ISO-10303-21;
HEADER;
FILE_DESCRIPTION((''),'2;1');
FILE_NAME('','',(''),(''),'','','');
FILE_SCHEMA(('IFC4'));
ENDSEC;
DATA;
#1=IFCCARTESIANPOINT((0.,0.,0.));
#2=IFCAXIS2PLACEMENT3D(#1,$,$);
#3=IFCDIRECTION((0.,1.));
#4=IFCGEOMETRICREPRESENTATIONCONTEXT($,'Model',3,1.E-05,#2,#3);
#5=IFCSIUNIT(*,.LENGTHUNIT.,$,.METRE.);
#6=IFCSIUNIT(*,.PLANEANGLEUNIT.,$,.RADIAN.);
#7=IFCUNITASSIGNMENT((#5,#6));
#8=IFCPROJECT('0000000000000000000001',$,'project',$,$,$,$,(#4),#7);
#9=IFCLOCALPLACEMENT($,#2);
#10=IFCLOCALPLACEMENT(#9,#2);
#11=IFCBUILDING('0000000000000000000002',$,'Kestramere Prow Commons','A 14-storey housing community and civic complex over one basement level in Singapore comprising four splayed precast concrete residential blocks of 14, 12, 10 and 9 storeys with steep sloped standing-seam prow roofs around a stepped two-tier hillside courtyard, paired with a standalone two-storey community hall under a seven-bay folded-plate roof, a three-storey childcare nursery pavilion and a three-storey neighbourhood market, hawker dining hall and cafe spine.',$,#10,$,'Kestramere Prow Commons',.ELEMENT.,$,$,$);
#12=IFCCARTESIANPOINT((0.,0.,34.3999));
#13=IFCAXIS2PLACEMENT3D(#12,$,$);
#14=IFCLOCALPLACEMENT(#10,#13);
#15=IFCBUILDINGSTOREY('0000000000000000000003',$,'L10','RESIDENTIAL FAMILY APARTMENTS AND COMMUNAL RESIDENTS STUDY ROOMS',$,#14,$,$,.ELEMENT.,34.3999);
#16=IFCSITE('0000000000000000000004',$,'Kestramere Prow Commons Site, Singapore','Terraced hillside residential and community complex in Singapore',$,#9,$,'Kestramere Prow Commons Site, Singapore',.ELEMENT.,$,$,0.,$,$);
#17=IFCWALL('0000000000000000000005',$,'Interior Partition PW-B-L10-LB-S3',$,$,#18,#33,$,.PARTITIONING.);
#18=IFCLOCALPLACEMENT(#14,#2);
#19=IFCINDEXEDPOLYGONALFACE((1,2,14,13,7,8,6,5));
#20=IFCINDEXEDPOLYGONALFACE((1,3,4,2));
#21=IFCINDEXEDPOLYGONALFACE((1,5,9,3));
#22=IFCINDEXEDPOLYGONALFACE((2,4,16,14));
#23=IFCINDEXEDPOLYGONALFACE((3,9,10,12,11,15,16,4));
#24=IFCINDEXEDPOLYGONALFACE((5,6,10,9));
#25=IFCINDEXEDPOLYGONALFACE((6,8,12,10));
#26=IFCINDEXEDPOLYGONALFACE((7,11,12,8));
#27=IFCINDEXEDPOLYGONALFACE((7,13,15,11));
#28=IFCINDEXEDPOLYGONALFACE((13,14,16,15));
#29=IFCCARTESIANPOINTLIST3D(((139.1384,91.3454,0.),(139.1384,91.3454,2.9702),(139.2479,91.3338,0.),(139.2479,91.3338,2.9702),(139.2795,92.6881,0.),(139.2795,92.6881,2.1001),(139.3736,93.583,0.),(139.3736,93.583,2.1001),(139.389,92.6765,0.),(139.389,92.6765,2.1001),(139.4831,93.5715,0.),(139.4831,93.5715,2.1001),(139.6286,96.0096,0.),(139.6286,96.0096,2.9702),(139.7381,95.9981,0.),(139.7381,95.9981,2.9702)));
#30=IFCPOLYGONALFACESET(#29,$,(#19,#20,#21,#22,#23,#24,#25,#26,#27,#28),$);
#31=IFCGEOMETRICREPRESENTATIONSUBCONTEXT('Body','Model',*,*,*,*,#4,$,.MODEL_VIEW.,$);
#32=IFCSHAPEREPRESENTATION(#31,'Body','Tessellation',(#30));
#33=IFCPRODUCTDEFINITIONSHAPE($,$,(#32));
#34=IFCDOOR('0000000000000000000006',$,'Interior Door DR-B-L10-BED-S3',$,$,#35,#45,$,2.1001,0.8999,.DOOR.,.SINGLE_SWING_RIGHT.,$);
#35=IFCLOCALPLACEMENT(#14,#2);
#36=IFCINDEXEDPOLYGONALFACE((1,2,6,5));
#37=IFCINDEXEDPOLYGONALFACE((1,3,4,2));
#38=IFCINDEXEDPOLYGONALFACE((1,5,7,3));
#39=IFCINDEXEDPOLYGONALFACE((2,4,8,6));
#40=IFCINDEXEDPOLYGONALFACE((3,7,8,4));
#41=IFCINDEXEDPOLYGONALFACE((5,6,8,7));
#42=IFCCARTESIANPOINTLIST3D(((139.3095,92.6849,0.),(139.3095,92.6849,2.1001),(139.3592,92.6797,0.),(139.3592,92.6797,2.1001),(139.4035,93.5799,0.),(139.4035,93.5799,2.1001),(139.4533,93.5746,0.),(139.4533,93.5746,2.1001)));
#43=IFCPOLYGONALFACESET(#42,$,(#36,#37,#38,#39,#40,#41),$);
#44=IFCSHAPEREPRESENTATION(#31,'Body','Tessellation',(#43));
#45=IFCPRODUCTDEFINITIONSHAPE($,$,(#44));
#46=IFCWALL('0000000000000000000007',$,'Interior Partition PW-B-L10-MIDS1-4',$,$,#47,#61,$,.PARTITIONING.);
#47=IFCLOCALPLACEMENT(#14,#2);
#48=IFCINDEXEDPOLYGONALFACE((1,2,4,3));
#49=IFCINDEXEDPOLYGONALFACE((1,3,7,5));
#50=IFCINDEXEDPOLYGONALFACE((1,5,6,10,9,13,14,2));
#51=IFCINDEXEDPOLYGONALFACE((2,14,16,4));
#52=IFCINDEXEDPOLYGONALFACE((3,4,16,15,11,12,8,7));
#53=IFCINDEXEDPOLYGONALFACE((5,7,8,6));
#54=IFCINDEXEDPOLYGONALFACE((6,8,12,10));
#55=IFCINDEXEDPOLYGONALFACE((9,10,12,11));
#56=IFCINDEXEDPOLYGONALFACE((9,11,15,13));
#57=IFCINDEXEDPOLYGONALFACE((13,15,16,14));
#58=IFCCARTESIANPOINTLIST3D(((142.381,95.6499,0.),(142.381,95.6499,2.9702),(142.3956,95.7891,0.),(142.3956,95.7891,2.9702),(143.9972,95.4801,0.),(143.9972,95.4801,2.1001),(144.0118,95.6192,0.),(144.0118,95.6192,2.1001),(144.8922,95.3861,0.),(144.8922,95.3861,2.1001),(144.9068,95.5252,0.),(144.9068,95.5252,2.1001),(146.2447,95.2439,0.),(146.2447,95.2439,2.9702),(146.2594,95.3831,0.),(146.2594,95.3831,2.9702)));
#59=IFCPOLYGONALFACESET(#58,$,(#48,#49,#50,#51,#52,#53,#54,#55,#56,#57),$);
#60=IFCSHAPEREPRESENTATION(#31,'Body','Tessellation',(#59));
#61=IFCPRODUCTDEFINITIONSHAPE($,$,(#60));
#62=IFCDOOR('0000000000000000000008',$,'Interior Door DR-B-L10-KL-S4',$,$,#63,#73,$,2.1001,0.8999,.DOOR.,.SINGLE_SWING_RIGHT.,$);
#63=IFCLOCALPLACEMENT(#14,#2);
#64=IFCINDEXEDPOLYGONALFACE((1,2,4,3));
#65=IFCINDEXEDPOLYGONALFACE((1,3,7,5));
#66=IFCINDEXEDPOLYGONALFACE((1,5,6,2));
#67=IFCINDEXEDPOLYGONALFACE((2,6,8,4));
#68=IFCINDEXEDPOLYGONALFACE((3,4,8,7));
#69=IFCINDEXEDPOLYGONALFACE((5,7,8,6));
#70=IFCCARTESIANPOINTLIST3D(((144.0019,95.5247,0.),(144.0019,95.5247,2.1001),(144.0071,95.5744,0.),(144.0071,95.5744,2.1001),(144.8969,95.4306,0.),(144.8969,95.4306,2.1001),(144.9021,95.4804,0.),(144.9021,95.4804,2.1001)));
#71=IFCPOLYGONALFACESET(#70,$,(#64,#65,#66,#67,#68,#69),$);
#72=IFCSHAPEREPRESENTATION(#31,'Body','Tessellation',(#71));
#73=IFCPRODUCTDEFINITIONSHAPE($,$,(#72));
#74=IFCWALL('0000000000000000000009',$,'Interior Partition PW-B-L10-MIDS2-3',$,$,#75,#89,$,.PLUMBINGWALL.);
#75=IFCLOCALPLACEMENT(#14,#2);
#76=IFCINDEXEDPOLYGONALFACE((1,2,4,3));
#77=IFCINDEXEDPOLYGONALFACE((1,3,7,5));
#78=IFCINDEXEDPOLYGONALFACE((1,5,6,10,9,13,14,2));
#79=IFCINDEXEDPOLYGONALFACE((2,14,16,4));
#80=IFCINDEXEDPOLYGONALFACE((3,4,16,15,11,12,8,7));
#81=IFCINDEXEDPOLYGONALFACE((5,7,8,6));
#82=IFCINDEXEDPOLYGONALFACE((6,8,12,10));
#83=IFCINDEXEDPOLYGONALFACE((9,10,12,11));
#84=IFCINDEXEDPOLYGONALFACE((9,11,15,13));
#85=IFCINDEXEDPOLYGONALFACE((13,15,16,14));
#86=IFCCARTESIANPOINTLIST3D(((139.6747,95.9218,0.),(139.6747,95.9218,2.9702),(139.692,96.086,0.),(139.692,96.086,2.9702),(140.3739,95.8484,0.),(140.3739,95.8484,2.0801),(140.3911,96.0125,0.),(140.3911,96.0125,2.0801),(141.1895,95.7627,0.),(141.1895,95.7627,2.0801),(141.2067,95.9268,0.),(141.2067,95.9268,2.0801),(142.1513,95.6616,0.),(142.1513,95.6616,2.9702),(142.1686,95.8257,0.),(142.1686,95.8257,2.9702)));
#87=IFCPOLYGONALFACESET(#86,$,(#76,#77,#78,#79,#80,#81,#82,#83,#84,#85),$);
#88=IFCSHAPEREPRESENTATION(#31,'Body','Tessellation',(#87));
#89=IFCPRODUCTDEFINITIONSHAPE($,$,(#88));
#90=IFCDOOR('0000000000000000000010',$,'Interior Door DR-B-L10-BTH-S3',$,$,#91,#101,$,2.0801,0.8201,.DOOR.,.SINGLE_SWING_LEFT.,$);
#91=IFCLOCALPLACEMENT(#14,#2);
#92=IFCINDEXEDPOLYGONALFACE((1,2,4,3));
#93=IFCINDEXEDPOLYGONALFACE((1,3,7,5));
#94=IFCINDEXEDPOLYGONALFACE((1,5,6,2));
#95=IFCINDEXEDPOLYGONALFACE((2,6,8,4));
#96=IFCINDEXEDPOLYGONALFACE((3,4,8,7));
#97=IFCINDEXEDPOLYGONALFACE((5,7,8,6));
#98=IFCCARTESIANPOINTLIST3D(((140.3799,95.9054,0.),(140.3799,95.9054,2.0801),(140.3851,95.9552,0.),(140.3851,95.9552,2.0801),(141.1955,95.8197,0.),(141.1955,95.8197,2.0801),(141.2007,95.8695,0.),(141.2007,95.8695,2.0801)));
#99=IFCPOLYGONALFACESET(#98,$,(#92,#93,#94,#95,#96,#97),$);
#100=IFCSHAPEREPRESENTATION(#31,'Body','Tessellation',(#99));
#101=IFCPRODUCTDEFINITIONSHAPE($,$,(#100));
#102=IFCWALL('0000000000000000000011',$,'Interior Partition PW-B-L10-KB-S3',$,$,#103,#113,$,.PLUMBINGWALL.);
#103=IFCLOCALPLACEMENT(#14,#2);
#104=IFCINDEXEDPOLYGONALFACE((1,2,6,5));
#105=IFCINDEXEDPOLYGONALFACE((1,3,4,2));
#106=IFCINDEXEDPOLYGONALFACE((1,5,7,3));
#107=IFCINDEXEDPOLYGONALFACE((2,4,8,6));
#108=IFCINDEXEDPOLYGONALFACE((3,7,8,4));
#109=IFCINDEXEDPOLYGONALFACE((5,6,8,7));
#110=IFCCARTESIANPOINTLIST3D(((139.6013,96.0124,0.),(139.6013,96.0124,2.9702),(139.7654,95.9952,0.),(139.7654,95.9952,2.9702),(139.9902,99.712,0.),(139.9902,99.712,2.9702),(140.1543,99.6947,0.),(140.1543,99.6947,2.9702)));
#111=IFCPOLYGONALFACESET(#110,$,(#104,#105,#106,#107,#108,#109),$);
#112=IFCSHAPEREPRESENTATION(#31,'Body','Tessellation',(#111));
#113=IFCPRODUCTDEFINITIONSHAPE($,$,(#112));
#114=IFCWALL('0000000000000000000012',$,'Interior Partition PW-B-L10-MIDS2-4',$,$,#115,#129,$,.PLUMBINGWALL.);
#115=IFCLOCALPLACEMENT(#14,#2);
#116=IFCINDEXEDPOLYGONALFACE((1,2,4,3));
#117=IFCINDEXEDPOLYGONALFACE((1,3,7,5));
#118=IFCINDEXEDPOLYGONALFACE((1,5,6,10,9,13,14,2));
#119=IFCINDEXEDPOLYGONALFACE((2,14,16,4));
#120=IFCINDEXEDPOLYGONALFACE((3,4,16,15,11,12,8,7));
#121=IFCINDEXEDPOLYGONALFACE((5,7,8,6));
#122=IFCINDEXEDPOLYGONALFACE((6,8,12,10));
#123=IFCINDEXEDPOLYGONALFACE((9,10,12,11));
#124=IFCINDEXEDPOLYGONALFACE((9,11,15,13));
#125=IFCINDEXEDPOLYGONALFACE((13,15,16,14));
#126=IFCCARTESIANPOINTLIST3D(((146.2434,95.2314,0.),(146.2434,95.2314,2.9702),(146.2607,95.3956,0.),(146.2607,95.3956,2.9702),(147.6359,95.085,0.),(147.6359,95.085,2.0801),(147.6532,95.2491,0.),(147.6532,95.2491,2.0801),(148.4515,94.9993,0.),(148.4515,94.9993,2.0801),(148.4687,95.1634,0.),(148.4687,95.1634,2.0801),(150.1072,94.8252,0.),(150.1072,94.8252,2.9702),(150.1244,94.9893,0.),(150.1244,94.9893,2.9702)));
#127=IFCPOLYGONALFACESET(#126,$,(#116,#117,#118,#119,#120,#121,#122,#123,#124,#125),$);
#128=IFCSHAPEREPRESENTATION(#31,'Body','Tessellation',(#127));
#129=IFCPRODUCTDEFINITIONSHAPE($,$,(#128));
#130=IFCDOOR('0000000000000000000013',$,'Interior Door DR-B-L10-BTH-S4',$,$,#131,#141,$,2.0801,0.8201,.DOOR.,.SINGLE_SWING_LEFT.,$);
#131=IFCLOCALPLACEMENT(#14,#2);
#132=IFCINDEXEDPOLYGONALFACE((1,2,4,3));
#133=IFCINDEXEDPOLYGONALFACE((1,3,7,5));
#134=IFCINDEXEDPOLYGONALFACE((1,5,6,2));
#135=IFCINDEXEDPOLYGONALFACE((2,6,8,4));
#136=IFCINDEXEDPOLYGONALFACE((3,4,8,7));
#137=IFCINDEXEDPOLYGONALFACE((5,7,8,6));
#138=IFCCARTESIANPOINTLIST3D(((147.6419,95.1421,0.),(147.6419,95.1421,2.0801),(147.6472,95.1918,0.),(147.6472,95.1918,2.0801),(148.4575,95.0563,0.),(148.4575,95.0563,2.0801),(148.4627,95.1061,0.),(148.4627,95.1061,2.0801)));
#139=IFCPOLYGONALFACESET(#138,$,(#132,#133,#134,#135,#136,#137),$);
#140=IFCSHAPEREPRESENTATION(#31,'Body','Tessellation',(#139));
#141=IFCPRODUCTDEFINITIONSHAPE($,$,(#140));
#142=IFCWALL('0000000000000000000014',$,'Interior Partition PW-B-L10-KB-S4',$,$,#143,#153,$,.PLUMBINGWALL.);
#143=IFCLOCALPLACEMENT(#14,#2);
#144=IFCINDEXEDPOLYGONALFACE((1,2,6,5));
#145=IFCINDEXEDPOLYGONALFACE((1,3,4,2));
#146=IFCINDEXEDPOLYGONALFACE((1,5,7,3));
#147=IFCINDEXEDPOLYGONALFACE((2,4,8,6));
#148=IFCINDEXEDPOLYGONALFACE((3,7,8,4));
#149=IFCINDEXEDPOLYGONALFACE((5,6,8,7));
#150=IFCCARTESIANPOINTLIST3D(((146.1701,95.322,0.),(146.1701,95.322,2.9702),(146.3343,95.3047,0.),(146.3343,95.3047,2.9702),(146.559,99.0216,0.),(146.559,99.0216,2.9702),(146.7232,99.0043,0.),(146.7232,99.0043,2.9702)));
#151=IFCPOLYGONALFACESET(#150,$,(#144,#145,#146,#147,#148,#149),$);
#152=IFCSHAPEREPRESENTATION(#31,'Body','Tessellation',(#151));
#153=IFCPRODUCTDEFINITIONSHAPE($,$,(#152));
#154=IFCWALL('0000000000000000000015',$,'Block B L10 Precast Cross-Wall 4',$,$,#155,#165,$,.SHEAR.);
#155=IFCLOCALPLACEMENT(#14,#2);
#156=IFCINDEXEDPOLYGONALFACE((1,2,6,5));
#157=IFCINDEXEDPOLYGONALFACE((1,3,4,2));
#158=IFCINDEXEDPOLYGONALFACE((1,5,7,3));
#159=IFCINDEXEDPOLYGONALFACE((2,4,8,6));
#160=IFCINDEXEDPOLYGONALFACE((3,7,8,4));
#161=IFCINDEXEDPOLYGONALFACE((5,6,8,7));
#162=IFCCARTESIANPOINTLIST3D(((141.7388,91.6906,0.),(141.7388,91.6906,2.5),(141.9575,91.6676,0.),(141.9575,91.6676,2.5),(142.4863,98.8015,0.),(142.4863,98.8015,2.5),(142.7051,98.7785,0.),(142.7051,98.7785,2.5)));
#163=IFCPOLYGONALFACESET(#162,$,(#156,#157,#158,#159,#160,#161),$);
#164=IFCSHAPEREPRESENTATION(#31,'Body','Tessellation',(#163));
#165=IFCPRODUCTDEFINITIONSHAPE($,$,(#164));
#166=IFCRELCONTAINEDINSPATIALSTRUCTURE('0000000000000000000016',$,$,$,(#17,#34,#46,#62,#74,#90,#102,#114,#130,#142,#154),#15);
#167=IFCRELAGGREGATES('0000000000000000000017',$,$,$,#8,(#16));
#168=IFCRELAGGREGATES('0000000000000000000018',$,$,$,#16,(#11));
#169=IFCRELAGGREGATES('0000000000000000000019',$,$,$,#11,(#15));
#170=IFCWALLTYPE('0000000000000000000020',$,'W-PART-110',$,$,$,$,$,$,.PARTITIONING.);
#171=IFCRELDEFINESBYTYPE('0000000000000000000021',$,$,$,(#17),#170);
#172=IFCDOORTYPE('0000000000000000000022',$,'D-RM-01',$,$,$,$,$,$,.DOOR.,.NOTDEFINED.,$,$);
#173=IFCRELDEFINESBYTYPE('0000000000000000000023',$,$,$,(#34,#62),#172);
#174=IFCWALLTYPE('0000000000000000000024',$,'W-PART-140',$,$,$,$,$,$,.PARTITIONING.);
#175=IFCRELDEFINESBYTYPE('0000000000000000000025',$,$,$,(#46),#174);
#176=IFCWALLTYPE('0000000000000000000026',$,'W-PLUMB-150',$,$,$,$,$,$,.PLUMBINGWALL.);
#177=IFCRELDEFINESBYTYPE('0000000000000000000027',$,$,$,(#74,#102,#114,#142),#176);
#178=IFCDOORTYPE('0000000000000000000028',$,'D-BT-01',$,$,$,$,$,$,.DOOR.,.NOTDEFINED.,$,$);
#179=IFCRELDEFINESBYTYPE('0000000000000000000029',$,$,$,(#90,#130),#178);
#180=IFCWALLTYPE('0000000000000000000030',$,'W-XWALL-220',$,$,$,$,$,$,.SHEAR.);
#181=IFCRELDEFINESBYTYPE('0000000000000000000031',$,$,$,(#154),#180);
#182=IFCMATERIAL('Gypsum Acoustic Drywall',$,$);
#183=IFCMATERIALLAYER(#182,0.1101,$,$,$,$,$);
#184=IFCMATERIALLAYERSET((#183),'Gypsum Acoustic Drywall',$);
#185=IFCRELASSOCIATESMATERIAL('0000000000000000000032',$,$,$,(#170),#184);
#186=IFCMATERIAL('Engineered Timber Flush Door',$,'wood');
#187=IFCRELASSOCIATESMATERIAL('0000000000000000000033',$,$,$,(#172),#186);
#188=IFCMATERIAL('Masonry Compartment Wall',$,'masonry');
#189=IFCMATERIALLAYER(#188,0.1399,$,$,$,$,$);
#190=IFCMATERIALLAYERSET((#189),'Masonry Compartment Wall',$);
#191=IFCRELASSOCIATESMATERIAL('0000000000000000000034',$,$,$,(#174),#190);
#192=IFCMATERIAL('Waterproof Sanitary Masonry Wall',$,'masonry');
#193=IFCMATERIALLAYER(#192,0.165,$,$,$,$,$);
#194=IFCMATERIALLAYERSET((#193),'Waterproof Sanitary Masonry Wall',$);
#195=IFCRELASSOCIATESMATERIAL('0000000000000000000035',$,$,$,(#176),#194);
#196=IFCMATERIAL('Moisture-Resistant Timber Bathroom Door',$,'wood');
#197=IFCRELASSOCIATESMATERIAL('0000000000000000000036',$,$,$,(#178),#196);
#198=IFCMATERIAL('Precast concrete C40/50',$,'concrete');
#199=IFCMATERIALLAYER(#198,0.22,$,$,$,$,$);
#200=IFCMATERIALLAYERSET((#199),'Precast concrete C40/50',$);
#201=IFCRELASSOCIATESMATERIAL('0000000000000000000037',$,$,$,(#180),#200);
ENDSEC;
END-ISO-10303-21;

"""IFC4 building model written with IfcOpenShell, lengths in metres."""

from ifc_helpers import new_model, si_unit, direction, frame, frame_2d, origin, place, context, subcontext, project, spatial, rectangle, extrude, material, layer, layer_set, type_object, element, fill, save


model = new_model("IFC4")

# Units and contexts
model_context = context("Model", 3, precision=1e-05, world=origin(), true_north=direction((0.0, 1.0)))
body_context = subcontext(model_context, "Body", "Model", "MODEL_VIEW")
ifc_project = project(units=[si_unit("LENGTHUNIT", "METRE"), si_unit("PLANEANGLEUNIT", "RADIAN")], contexts=[model_context])

# Site, building, storey
site_placement = place(None, origin())
site = spatial("IfcSite", under=ifc_project, at=site_placement, Name="Kestramere Prow Commons Site, Singapore", Description="Terraced hillside residential and community complex in Singapore", LongName="Kestramere Prow Commons Site, Singapore", CompositionType="ELEMENT", RefElevation=0.0)
building_placement = place(site_placement, origin())
building = spatial("IfcBuilding", under=site, at=building_placement, Name="Kestramere Prow Commons", Description="A 14-storey housing community and civic complex over one basement level in Singapore comprising four splayed precast concrete residential blocks of 14, 12, 10 and 9 storeys with steep sloped standing-seam prow roofs around a stepped two-tier hillside courtyard, paired with a standalone two-storey community hall under a seven-bay folded-plate roof, a three-storey childcare nursery pavilion and a three-storey neighbourhood market, hawker dining hall and cafe spine.", LongName="Kestramere Prow Commons", CompositionType="ELEMENT")
storey_placement = place(building_placement, frame((0.0, 0.0, 34.3999)))
storey = spatial("IfcBuildingStorey", under=building, at=storey_placement, Name="L10", Description="RESIDENTIAL FAMILY APARTMENTS AND COMMUNAL RESIDENTS STUDY ROOMS", CompositionType="ELEMENT", Elevation=34.3999)

# Shared definitions
ifc_material_1 = material(Name="Precast concrete C40/50", Category="concrete")

# Walls, openings, doors
ifc_material_2 = material(Name="Gypsum Acoustic Drywall")
ifc_layer_1 = layer(ifc_material_2, 0.1101)
ifc_layer_set_1 = layer_set([ifc_layer_1], Name="Gypsum Acoustic Drywall")
wall_type_1 = type_object("IfcWallType", Name="W-PART-110", PredefinedType="PARTITIONING", material=ifc_layer_set_1)
wall_1_placement = place(storey_placement, frame((139.1931, 91.3396, 0.0), z_axis=(0.0, 0.0, 1.0), x_axis=(0.104528, 0.994522, 0.0)))
wall_1 = element("IfcWall", 1, at=wall_1_placement, inside=storey, type_object=wall_type_1, Name="Interior Partition PW-B-L10-LB-S3", PredefinedType="PARTITIONING", context=body_context, shape_type="SweptSolid", body=[
    extrude(rectangle(XDim=4.6899, YDim=0.1101, at=frame_2d((2.345, 0.0))), origin(), (0.0, 0.0, 1.0), 2.9702),
])
opening_1_placement = place(wall_1_placement, frame((1.3501, 0.0, 0.0)))
opening_1 = element("IfcOpeningElement", 2, at=opening_1_placement, cuts=wall_1, PredefinedType="OPENING", context=body_context, shape_type="SweptSolid", body=[
    extrude(rectangle(XDim=0.8999, YDim=2.1001, at=frame_2d((0.45, 1.05))), frame((0.0, 0.0701, 0.0), z_axis=(0.0, -1.0, 0.0), x_axis=(1.0, 0.0, 0.0)), (0.0, 0.0, 1.0), 0.1401),
])
ifc_material_3 = material(Name="Engineered Timber Flush Door", Category="wood")
door_type_1 = type_object("IfcDoorType", Name="D-RM-01", OperationType="NOTDEFINED", PredefinedType="DOOR", material=ifc_material_3)
door_1_placement = place(opening_1_placement, origin())
door_1 = element("IfcDoor", 3, at=door_1_placement, inside=storey, type_object=door_type_1, Name="Interior Door DR-B-L10-BED-S3", OperationType="SINGLE_SWING_RIGHT", OverallHeight=2.1001, OverallWidth=0.8999, PredefinedType="DOOR", context=body_context, shape_type="SweptSolid", body=[
    extrude(rectangle(XDim=0.8999, YDim=2.1001, at=frame_2d((0.45, 1.05))), frame((0.0, 0.0249, 0.0), z_axis=(0.0, -1.0, 0.0), x_axis=(1.0, 0.0, 0.0)), (0.0, 0.0, 1.0), 0.05),
])
fill(opening_1, door_1)
ifc_material_4 = material(Name="Masonry Compartment Wall", Category="masonry")
ifc_layer_2 = layer(ifc_material_4, 0.1399)
ifc_layer_set_2 = layer_set([ifc_layer_2], Name="Masonry Compartment Wall")
wall_type_2 = type_object("IfcWallType", Name="W-PART-140", PredefinedType="PARTITIONING", material=ifc_layer_set_2)
wall_2_placement = place(storey_placement, frame((142.3884, 95.7195, 0.0), z_axis=(0.0, 0.0, 1.0), x_axis=(0.994524, -0.104505, 0.0)))
wall_2 = element("IfcWall", 4, at=wall_2_placement, inside=storey, type_object=wall_type_2, Name="Interior Partition PW-B-L10-MIDS1-4", PredefinedType="PARTITIONING", context=body_context, shape_type="SweptSolid", body=[
    extrude(rectangle(XDim=3.885, YDim=0.1399, at=frame_2d((1.9424, 0.0))), origin(), (0.0, 0.0, 1.0), 2.9702),
])
opening_2_placement = place(wall_2_placement, frame((1.625, 0.0, 0.0)))
opening_2 = element("IfcOpeningElement", 5, at=opening_2_placement, cuts=wall_2, PredefinedType="OPENING", context=body_context, shape_type="SweptSolid", body=[
    extrude(rectangle(XDim=0.8999, YDim=2.1001, at=frame_2d((0.45, 1.05))), frame((0.0, 0.085, 0.0), z_axis=(0.0, -1.0, 0.0), x_axis=(1.0, 0.0, 0.0)), (0.0, 0.0, 1.0), 0.1699),
])
door_2_placement = place(opening_2_placement, origin())
door_2 = element("IfcDoor", 6, at=door_2_placement, inside=storey, type_object=door_type_1, Name="Interior Door DR-B-L10-KL-S4", OperationType="SINGLE_SWING_RIGHT", OverallHeight=2.1001, OverallWidth=0.8999, PredefinedType="DOOR", context=body_context, shape_type="SweptSolid", body=[
    extrude(rectangle(XDim=0.8999, YDim=2.1001, at=frame_2d((0.45, 1.05))), frame((0.0, 0.0249, 0.0), z_axis=(0.0, -1.0, 0.0), x_axis=(1.0, 0.0, 0.0)), (0.0, 0.0, 1.0), 0.05),
])
fill(opening_2, door_2)
ifc_material_5 = material(Name="Waterproof Sanitary Masonry Wall", Category="masonry")
ifc_layer_3 = layer(ifc_material_5, 0.165)
ifc_layer_set_3 = layer_set([ifc_layer_3], Name="Waterproof Sanitary Masonry Wall")
wall_type_3 = type_object("IfcWallType", Name="W-PLUMB-150", PredefinedType="PLUMBINGWALL", material=ifc_layer_set_3)
wall_3_placement = place(storey_placement, frame((139.6833, 96.0039, 0.0), z_axis=(0.0, 0.0, 1.0), x_axis=(0.994524, -0.104511, 0.0)))
wall_3 = element("IfcWall", 7, at=wall_3_placement, inside=storey, type_object=wall_type_3, Name="Interior Partition PW-B-L10-MIDS2-3", PredefinedType="PLUMBINGWALL", context=body_context, shape_type="SweptSolid", body=[
    extrude(rectangle(XDim=2.4902, YDim=0.165, at=frame_2d((1.2451, 0.0))), origin(), (0.0, 0.0, 1.0), 2.9702),
])
opening_3_placement = place(wall_3_placement, frame((0.7029, 0.0, 0.0)))
opening_3 = element("IfcOpeningElement", 8, at=opening_3_placement, cuts=wall_3, PredefinedType="OPENING", context=body_context, shape_type="SweptSolid", body=[
    extrude(rectangle(XDim=0.8201, YDim=2.0801, at=frame_2d((0.4102, 1.04))), frame((0.0, 0.0974, 0.0), z_axis=(0.0, -1.0, 0.0), x_axis=(1.0, 0.0, 0.0)), (0.0, 0.0, 1.0), 0.1951),
])
ifc_material_6 = material(Name="Moisture-Resistant Timber Bathroom Door", Category="wood")
door_type_2 = type_object("IfcDoorType", Name="D-BT-01", OperationType="NOTDEFINED", PredefinedType="DOOR", material=ifc_material_6)
door_3_placement = place(opening_3_placement, origin())
door_3 = element("IfcDoor", 9, at=door_3_placement, inside=storey, type_object=door_type_2, Name="Interior Door DR-B-L10-BTH-S3", OperationType="SINGLE_SWING_LEFT", OverallHeight=2.0801, OverallWidth=0.8201, PredefinedType="DOOR", context=body_context, shape_type="SweptSolid", body=[
    extrude(rectangle(XDim=0.8201, YDim=2.0801, at=frame_2d((0.4102, 1.04))), frame((0.0, 0.0249, 0.0), z_axis=(0.0, -1.0, 0.0), x_axis=(1.0, 0.0, 0.0)), (0.0, 0.0, 1.0), 0.05),
])
fill(opening_3, door_3)

# Wall
wall_4_placement = place(storey_placement, frame((139.6833, 96.0039, 0.0), z_axis=(0.0, 0.0, 1.0), x_axis=(0.104552, 0.994519, 0.0)))
element("IfcWall", 10, at=wall_4_placement, inside=storey, type_object=wall_type_3, Name="Interior Partition PW-B-L10-KB-S3", PredefinedType="PLUMBINGWALL", context=body_context, shape_type="SweptSolid", body=[
    extrude(rectangle(XDim=3.72, YDim=0.165, at=frame_2d((1.8599, 0.0))), origin(), (0.0, 0.0, 1.0), 2.9702),
])

# Wall, opening, door
wall_5_placement = place(storey_placement, frame((146.2522, 95.3135, 0.0), z_axis=(0.0, 0.0, 1.0), x_axis=(0.994518, -0.104567, 0.0)))
wall_5 = element("IfcWall", 11, at=wall_5_placement, inside=storey, type_object=wall_type_3, Name="Interior Partition PW-B-L10-MIDS2-4", PredefinedType="PLUMBINGWALL", context=body_context, shape_type="SweptSolid", body=[
    extrude(rectangle(XDim=3.885, YDim=0.165, at=frame_2d((1.9424, 0.0))), origin(), (0.0, 0.0, 1.0), 2.9702),
])
opening_4_placement = place(wall_5_placement, frame((1.3999, 0.0, 0.0)))
opening_4 = element("IfcOpeningElement", 12, at=opening_4_placement, cuts=wall_5, PredefinedType="OPENING", context=body_context, shape_type="SweptSolid", body=[
    extrude(rectangle(XDim=0.8201, YDim=2.0801, at=frame_2d((0.4102, 1.04))), frame((0.0, 0.0974, 0.0), z_axis=(0.0, -1.0, 0.0), x_axis=(1.0, 0.0, 0.0)), (0.0, 0.0, 1.0), 0.1951),
])
door_4_placement = place(opening_4_placement, origin())
door_4 = element("IfcDoor", 13, at=door_4_placement, inside=storey, type_object=door_type_2, Name="Interior Door DR-B-L10-BTH-S4", OperationType="SINGLE_SWING_LEFT", OverallHeight=2.0801, OverallWidth=0.8201, PredefinedType="DOOR", context=body_context, shape_type="SweptSolid", body=[
    extrude(rectangle(XDim=0.8201, YDim=2.0801, at=frame_2d((0.4102, 1.04))), frame((0.0, 0.0249, 0.0), z_axis=(0.0, -1.0, 0.0), x_axis=(1.0, 0.0, 0.0)), (0.0, 0.0, 1.0), 0.05),
])
fill(opening_4, door_4)

# Walls
wall_6_placement = place(storey_placement, frame((146.2522, 95.3135, 0.0), z_axis=(0.0, 0.0, 1.0), x_axis=(0.104552, 0.994519, 0.0)))
element("IfcWall", 14, at=wall_6_placement, inside=storey, type_object=wall_type_3, Name="Interior Partition PW-B-L10-KB-S4", PredefinedType="PLUMBINGWALL", context=body_context, shape_type="SweptSolid", body=[
    extrude(rectangle(XDim=3.72, YDim=0.165, at=frame_2d((1.8599, 0.0))), origin(), (0.0, 0.0, 1.0), 2.9702),
])
ifc_layer_4 = layer(ifc_material_1, 0.22)
ifc_layer_set_4 = layer_set([ifc_layer_4], Name="Precast concrete C40/50")
wall_type_4 = type_object("IfcWallType", Name="W-XWALL-220", PredefinedType="SHEAR", material=ifc_layer_set_4)
wall_7_placement = place(storey_placement, frame((141.8481, 91.679, 0.0), z_axis=(0.0, 0.0, 1.0), x_axis=(0.104553, 0.994519, 0.0)))
element("IfcWall", 15, at=wall_7_placement, inside=storey, type_object=wall_type_4, Name="Block B L10 Precast Cross-Wall 4", PredefinedType="SHEAR", context=body_context, shape_type="SweptSolid", body=[
    extrude(rectangle(XDim=7.1501, YDim=0.22, at=frame_2d((3.5752, 0.0))), origin(), (0.0, 0.0, 1.0), 2.5),
])

save(model, "model.ifc")
